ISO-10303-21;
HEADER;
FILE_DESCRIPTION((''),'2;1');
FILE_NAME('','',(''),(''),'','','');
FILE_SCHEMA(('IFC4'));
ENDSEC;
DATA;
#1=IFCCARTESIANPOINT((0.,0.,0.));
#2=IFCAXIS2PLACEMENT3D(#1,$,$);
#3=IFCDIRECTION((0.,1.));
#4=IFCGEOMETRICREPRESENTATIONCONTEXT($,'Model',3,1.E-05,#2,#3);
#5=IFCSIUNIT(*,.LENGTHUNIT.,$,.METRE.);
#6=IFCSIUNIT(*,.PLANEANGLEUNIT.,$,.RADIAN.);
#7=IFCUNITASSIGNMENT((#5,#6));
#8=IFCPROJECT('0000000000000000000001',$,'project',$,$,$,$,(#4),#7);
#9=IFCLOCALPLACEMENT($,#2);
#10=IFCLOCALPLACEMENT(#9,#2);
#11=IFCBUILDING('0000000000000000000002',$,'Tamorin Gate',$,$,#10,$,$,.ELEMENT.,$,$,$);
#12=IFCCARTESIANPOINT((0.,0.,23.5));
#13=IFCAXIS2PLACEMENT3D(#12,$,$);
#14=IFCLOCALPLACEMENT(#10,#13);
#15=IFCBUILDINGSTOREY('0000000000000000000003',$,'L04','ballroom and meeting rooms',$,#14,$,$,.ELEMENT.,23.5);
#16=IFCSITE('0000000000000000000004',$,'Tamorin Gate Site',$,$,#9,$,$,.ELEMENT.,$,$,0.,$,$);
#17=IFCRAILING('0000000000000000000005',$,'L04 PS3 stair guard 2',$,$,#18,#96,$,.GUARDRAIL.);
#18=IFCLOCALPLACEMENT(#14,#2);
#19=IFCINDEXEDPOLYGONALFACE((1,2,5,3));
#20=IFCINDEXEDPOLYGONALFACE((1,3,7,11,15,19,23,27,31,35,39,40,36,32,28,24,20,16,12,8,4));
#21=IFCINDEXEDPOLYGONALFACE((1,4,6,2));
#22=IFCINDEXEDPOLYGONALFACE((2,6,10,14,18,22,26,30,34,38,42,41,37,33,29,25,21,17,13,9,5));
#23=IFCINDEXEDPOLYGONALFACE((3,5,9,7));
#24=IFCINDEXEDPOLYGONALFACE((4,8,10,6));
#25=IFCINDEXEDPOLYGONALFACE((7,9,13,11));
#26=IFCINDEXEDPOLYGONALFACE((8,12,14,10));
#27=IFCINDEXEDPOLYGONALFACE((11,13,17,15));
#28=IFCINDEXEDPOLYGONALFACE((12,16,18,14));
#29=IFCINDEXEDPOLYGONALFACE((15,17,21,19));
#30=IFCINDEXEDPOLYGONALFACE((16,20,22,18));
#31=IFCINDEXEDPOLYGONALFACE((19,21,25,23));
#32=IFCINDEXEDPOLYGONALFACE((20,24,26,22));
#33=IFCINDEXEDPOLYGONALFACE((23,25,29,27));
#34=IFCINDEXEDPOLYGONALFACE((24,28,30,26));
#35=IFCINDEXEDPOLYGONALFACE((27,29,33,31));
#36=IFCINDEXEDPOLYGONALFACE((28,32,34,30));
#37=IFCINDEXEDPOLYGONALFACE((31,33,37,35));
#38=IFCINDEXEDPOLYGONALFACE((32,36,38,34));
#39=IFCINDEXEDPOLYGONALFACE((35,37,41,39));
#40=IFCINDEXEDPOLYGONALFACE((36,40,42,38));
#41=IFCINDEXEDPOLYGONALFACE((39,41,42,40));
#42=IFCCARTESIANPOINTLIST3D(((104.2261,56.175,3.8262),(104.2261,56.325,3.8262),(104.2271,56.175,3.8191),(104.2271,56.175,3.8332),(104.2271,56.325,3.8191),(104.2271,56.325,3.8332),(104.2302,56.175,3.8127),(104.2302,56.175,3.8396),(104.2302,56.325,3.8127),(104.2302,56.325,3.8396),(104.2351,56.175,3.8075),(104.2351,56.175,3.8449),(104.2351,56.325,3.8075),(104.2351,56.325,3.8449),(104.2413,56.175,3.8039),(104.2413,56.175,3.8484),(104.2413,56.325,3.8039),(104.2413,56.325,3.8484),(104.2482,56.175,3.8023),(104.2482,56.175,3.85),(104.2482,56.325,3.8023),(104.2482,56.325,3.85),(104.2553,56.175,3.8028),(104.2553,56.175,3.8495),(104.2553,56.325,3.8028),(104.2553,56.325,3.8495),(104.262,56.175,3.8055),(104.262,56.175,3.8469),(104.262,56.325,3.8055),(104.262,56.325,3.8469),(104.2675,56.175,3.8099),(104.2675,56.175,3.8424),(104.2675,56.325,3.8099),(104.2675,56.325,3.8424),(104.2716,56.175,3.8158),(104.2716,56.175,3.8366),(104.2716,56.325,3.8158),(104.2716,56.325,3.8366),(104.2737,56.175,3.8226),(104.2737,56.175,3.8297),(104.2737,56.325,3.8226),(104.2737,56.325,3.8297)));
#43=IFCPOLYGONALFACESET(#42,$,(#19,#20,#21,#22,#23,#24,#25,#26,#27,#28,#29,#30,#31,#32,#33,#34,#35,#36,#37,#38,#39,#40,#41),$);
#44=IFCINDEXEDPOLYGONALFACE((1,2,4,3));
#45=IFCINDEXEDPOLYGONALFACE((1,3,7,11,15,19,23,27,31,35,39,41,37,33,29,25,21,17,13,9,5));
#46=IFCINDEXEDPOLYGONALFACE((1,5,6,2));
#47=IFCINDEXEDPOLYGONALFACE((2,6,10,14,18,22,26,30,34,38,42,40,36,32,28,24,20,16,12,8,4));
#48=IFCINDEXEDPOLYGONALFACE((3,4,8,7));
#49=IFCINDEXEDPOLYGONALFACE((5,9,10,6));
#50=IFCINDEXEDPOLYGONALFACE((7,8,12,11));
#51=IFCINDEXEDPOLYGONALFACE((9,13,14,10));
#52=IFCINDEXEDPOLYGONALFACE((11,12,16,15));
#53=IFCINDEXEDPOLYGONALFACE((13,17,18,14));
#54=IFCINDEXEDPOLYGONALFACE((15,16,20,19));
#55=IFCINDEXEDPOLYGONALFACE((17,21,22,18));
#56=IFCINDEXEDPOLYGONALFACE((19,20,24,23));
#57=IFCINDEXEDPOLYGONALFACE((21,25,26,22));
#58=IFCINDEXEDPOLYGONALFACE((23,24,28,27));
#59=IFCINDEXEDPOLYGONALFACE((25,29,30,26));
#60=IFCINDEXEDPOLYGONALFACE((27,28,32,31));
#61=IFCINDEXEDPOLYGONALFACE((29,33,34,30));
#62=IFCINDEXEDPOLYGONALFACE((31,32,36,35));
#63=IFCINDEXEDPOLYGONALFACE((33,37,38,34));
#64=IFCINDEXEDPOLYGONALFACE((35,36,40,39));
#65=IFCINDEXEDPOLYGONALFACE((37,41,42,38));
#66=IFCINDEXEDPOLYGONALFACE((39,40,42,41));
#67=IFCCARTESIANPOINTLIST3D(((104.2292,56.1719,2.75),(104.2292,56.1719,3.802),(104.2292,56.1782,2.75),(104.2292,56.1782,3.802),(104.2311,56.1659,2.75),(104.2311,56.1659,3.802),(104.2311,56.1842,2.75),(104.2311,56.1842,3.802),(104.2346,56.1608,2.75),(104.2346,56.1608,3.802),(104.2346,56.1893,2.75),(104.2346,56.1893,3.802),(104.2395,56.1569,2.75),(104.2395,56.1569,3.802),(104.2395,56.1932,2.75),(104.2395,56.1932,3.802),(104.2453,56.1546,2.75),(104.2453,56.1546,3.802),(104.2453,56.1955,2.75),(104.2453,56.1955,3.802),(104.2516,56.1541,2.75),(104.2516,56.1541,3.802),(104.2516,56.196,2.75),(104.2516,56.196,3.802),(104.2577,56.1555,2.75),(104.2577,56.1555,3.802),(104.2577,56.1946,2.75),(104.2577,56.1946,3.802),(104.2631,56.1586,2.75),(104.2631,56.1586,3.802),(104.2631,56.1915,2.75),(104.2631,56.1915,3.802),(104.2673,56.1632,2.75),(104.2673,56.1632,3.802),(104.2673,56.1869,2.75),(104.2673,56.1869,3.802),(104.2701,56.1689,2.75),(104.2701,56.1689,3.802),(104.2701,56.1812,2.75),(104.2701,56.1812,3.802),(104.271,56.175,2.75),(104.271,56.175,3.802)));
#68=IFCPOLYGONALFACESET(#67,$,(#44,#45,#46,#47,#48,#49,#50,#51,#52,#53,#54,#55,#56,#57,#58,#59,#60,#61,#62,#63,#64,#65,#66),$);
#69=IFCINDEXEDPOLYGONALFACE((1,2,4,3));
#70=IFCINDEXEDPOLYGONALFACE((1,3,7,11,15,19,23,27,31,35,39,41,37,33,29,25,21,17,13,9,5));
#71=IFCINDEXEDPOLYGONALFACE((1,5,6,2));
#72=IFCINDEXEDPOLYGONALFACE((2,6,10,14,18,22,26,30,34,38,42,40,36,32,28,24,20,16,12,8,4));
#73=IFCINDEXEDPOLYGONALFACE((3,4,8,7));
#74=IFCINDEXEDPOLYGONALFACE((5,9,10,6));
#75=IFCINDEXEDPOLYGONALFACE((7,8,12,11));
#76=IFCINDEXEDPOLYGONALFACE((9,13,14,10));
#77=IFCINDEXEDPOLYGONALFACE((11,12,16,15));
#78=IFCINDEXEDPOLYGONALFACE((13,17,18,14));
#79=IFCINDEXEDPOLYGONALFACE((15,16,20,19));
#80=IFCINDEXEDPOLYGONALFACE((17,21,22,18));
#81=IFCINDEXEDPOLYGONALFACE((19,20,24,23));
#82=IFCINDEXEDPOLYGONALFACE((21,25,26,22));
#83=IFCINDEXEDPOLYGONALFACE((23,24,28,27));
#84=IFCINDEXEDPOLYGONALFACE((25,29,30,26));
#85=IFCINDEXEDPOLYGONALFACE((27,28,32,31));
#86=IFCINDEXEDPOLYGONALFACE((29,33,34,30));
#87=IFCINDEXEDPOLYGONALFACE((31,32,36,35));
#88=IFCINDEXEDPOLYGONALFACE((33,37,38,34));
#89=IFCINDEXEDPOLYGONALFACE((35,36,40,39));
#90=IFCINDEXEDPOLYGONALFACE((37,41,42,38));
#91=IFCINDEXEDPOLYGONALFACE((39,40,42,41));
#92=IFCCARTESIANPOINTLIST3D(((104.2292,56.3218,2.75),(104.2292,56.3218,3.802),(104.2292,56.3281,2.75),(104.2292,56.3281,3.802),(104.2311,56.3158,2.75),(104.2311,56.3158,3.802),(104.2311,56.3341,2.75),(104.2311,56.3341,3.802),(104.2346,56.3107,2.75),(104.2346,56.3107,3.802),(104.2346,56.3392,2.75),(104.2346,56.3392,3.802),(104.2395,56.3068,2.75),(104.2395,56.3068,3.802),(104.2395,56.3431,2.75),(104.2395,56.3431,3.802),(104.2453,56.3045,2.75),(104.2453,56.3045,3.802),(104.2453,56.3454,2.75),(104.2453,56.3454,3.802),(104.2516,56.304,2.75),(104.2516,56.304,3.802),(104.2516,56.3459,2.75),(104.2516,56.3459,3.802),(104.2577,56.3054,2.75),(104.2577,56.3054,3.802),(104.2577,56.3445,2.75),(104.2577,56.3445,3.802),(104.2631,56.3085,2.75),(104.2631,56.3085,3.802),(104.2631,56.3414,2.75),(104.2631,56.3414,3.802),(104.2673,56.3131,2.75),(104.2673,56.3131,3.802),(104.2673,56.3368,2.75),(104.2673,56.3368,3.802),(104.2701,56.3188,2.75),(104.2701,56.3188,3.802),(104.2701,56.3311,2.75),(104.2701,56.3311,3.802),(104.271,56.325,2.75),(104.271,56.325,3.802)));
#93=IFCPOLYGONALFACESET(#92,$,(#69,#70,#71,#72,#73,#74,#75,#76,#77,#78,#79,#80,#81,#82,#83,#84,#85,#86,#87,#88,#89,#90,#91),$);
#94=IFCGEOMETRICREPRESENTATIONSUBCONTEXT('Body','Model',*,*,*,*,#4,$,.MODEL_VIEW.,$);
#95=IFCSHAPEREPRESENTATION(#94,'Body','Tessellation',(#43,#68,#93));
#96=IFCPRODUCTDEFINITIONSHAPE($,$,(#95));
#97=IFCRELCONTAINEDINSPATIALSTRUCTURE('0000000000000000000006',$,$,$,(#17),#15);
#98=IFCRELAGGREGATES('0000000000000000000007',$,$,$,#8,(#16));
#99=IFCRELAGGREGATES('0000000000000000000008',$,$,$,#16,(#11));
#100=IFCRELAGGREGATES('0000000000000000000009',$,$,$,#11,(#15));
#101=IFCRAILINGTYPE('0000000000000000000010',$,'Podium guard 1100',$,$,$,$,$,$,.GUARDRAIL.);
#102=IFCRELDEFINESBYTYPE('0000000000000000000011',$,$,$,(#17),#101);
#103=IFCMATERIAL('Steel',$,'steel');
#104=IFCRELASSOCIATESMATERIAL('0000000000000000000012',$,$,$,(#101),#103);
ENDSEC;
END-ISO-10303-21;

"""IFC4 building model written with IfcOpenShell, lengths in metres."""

from ifc_helpers import new_model, si_unit, direction, frame, origin, origin_2d, place, context, subcontext, project, spatial, circle, extrude, material, type_object, element, save


model = new_model("IFC4")

# Units and contexts
model_context = context("Model", 3, precision=1e-05, world=origin(), true_north=direction((0.0, 1.0)))
body_context = subcontext(model_context, "Body", "Model", "MODEL_VIEW")
ifc_project = project(units=[si_unit("LENGTHUNIT", "METRE"), si_unit("PLANEANGLEUNIT", "RADIAN")], contexts=[model_context])

# Site, building, storey
site_placement = place(None, origin())
site = spatial("IfcSite", under=ifc_project, at=site_placement, Name="Tamorin Gate Site", CompositionType="ELEMENT", RefElevation=0.0)
building_placement = place(site_placement, origin())
building = spatial("IfcBuilding", under=site, at=building_placement, Name="Tamorin Gate", CompositionType="ELEMENT")
storey_placement = place(building_placement, frame((0.0, 0.0, 23.5)))
storey = spatial("IfcBuildingStorey", under=building, at=storey_placement, Name="L04", Description="ballroom and meeting rooms", CompositionType="ELEMENT", Elevation=23.5)

# Railing
ifc_material_1 = material(Name="Steel", Category="steel")
railing_type_1 = type_object("IfcRailingType", Name="Podium guard 1100", PredefinedType="GUARDRAIL", material=ifc_material_1)
railing_1_placement = place(storey_placement, frame((104.25, 56.175, 2.75)))
element("IfcRailing", 1, at=railing_1_placement, inside=storey, type_object=railing_type_1, Name="L04 PS3 stair guard 2", PredefinedType="GUARDRAIL", context=body_context, shape_type="SweptSolid", body=[
    extrude(circle(Radius=0.0239, at=origin_2d()), frame((0.0, 0.0, 1.0762), z_axis=(0.0, 1.0, 0.0), x_axis=(-1.0, 0.0, 0.0)), (0.0, 0.0, 1.0), 0.1499),
    extrude(circle(Radius=0.021, at=origin_2d()), origin(), (0.0, 0.0, 1.0), 1.052),
    extrude(circle(Radius=0.021, at=origin_2d()), frame((0.0, 0.1499, 0.0)), (0.0, 0.0, 1.0), 1.052),
])

save(model, "model.ifc")
